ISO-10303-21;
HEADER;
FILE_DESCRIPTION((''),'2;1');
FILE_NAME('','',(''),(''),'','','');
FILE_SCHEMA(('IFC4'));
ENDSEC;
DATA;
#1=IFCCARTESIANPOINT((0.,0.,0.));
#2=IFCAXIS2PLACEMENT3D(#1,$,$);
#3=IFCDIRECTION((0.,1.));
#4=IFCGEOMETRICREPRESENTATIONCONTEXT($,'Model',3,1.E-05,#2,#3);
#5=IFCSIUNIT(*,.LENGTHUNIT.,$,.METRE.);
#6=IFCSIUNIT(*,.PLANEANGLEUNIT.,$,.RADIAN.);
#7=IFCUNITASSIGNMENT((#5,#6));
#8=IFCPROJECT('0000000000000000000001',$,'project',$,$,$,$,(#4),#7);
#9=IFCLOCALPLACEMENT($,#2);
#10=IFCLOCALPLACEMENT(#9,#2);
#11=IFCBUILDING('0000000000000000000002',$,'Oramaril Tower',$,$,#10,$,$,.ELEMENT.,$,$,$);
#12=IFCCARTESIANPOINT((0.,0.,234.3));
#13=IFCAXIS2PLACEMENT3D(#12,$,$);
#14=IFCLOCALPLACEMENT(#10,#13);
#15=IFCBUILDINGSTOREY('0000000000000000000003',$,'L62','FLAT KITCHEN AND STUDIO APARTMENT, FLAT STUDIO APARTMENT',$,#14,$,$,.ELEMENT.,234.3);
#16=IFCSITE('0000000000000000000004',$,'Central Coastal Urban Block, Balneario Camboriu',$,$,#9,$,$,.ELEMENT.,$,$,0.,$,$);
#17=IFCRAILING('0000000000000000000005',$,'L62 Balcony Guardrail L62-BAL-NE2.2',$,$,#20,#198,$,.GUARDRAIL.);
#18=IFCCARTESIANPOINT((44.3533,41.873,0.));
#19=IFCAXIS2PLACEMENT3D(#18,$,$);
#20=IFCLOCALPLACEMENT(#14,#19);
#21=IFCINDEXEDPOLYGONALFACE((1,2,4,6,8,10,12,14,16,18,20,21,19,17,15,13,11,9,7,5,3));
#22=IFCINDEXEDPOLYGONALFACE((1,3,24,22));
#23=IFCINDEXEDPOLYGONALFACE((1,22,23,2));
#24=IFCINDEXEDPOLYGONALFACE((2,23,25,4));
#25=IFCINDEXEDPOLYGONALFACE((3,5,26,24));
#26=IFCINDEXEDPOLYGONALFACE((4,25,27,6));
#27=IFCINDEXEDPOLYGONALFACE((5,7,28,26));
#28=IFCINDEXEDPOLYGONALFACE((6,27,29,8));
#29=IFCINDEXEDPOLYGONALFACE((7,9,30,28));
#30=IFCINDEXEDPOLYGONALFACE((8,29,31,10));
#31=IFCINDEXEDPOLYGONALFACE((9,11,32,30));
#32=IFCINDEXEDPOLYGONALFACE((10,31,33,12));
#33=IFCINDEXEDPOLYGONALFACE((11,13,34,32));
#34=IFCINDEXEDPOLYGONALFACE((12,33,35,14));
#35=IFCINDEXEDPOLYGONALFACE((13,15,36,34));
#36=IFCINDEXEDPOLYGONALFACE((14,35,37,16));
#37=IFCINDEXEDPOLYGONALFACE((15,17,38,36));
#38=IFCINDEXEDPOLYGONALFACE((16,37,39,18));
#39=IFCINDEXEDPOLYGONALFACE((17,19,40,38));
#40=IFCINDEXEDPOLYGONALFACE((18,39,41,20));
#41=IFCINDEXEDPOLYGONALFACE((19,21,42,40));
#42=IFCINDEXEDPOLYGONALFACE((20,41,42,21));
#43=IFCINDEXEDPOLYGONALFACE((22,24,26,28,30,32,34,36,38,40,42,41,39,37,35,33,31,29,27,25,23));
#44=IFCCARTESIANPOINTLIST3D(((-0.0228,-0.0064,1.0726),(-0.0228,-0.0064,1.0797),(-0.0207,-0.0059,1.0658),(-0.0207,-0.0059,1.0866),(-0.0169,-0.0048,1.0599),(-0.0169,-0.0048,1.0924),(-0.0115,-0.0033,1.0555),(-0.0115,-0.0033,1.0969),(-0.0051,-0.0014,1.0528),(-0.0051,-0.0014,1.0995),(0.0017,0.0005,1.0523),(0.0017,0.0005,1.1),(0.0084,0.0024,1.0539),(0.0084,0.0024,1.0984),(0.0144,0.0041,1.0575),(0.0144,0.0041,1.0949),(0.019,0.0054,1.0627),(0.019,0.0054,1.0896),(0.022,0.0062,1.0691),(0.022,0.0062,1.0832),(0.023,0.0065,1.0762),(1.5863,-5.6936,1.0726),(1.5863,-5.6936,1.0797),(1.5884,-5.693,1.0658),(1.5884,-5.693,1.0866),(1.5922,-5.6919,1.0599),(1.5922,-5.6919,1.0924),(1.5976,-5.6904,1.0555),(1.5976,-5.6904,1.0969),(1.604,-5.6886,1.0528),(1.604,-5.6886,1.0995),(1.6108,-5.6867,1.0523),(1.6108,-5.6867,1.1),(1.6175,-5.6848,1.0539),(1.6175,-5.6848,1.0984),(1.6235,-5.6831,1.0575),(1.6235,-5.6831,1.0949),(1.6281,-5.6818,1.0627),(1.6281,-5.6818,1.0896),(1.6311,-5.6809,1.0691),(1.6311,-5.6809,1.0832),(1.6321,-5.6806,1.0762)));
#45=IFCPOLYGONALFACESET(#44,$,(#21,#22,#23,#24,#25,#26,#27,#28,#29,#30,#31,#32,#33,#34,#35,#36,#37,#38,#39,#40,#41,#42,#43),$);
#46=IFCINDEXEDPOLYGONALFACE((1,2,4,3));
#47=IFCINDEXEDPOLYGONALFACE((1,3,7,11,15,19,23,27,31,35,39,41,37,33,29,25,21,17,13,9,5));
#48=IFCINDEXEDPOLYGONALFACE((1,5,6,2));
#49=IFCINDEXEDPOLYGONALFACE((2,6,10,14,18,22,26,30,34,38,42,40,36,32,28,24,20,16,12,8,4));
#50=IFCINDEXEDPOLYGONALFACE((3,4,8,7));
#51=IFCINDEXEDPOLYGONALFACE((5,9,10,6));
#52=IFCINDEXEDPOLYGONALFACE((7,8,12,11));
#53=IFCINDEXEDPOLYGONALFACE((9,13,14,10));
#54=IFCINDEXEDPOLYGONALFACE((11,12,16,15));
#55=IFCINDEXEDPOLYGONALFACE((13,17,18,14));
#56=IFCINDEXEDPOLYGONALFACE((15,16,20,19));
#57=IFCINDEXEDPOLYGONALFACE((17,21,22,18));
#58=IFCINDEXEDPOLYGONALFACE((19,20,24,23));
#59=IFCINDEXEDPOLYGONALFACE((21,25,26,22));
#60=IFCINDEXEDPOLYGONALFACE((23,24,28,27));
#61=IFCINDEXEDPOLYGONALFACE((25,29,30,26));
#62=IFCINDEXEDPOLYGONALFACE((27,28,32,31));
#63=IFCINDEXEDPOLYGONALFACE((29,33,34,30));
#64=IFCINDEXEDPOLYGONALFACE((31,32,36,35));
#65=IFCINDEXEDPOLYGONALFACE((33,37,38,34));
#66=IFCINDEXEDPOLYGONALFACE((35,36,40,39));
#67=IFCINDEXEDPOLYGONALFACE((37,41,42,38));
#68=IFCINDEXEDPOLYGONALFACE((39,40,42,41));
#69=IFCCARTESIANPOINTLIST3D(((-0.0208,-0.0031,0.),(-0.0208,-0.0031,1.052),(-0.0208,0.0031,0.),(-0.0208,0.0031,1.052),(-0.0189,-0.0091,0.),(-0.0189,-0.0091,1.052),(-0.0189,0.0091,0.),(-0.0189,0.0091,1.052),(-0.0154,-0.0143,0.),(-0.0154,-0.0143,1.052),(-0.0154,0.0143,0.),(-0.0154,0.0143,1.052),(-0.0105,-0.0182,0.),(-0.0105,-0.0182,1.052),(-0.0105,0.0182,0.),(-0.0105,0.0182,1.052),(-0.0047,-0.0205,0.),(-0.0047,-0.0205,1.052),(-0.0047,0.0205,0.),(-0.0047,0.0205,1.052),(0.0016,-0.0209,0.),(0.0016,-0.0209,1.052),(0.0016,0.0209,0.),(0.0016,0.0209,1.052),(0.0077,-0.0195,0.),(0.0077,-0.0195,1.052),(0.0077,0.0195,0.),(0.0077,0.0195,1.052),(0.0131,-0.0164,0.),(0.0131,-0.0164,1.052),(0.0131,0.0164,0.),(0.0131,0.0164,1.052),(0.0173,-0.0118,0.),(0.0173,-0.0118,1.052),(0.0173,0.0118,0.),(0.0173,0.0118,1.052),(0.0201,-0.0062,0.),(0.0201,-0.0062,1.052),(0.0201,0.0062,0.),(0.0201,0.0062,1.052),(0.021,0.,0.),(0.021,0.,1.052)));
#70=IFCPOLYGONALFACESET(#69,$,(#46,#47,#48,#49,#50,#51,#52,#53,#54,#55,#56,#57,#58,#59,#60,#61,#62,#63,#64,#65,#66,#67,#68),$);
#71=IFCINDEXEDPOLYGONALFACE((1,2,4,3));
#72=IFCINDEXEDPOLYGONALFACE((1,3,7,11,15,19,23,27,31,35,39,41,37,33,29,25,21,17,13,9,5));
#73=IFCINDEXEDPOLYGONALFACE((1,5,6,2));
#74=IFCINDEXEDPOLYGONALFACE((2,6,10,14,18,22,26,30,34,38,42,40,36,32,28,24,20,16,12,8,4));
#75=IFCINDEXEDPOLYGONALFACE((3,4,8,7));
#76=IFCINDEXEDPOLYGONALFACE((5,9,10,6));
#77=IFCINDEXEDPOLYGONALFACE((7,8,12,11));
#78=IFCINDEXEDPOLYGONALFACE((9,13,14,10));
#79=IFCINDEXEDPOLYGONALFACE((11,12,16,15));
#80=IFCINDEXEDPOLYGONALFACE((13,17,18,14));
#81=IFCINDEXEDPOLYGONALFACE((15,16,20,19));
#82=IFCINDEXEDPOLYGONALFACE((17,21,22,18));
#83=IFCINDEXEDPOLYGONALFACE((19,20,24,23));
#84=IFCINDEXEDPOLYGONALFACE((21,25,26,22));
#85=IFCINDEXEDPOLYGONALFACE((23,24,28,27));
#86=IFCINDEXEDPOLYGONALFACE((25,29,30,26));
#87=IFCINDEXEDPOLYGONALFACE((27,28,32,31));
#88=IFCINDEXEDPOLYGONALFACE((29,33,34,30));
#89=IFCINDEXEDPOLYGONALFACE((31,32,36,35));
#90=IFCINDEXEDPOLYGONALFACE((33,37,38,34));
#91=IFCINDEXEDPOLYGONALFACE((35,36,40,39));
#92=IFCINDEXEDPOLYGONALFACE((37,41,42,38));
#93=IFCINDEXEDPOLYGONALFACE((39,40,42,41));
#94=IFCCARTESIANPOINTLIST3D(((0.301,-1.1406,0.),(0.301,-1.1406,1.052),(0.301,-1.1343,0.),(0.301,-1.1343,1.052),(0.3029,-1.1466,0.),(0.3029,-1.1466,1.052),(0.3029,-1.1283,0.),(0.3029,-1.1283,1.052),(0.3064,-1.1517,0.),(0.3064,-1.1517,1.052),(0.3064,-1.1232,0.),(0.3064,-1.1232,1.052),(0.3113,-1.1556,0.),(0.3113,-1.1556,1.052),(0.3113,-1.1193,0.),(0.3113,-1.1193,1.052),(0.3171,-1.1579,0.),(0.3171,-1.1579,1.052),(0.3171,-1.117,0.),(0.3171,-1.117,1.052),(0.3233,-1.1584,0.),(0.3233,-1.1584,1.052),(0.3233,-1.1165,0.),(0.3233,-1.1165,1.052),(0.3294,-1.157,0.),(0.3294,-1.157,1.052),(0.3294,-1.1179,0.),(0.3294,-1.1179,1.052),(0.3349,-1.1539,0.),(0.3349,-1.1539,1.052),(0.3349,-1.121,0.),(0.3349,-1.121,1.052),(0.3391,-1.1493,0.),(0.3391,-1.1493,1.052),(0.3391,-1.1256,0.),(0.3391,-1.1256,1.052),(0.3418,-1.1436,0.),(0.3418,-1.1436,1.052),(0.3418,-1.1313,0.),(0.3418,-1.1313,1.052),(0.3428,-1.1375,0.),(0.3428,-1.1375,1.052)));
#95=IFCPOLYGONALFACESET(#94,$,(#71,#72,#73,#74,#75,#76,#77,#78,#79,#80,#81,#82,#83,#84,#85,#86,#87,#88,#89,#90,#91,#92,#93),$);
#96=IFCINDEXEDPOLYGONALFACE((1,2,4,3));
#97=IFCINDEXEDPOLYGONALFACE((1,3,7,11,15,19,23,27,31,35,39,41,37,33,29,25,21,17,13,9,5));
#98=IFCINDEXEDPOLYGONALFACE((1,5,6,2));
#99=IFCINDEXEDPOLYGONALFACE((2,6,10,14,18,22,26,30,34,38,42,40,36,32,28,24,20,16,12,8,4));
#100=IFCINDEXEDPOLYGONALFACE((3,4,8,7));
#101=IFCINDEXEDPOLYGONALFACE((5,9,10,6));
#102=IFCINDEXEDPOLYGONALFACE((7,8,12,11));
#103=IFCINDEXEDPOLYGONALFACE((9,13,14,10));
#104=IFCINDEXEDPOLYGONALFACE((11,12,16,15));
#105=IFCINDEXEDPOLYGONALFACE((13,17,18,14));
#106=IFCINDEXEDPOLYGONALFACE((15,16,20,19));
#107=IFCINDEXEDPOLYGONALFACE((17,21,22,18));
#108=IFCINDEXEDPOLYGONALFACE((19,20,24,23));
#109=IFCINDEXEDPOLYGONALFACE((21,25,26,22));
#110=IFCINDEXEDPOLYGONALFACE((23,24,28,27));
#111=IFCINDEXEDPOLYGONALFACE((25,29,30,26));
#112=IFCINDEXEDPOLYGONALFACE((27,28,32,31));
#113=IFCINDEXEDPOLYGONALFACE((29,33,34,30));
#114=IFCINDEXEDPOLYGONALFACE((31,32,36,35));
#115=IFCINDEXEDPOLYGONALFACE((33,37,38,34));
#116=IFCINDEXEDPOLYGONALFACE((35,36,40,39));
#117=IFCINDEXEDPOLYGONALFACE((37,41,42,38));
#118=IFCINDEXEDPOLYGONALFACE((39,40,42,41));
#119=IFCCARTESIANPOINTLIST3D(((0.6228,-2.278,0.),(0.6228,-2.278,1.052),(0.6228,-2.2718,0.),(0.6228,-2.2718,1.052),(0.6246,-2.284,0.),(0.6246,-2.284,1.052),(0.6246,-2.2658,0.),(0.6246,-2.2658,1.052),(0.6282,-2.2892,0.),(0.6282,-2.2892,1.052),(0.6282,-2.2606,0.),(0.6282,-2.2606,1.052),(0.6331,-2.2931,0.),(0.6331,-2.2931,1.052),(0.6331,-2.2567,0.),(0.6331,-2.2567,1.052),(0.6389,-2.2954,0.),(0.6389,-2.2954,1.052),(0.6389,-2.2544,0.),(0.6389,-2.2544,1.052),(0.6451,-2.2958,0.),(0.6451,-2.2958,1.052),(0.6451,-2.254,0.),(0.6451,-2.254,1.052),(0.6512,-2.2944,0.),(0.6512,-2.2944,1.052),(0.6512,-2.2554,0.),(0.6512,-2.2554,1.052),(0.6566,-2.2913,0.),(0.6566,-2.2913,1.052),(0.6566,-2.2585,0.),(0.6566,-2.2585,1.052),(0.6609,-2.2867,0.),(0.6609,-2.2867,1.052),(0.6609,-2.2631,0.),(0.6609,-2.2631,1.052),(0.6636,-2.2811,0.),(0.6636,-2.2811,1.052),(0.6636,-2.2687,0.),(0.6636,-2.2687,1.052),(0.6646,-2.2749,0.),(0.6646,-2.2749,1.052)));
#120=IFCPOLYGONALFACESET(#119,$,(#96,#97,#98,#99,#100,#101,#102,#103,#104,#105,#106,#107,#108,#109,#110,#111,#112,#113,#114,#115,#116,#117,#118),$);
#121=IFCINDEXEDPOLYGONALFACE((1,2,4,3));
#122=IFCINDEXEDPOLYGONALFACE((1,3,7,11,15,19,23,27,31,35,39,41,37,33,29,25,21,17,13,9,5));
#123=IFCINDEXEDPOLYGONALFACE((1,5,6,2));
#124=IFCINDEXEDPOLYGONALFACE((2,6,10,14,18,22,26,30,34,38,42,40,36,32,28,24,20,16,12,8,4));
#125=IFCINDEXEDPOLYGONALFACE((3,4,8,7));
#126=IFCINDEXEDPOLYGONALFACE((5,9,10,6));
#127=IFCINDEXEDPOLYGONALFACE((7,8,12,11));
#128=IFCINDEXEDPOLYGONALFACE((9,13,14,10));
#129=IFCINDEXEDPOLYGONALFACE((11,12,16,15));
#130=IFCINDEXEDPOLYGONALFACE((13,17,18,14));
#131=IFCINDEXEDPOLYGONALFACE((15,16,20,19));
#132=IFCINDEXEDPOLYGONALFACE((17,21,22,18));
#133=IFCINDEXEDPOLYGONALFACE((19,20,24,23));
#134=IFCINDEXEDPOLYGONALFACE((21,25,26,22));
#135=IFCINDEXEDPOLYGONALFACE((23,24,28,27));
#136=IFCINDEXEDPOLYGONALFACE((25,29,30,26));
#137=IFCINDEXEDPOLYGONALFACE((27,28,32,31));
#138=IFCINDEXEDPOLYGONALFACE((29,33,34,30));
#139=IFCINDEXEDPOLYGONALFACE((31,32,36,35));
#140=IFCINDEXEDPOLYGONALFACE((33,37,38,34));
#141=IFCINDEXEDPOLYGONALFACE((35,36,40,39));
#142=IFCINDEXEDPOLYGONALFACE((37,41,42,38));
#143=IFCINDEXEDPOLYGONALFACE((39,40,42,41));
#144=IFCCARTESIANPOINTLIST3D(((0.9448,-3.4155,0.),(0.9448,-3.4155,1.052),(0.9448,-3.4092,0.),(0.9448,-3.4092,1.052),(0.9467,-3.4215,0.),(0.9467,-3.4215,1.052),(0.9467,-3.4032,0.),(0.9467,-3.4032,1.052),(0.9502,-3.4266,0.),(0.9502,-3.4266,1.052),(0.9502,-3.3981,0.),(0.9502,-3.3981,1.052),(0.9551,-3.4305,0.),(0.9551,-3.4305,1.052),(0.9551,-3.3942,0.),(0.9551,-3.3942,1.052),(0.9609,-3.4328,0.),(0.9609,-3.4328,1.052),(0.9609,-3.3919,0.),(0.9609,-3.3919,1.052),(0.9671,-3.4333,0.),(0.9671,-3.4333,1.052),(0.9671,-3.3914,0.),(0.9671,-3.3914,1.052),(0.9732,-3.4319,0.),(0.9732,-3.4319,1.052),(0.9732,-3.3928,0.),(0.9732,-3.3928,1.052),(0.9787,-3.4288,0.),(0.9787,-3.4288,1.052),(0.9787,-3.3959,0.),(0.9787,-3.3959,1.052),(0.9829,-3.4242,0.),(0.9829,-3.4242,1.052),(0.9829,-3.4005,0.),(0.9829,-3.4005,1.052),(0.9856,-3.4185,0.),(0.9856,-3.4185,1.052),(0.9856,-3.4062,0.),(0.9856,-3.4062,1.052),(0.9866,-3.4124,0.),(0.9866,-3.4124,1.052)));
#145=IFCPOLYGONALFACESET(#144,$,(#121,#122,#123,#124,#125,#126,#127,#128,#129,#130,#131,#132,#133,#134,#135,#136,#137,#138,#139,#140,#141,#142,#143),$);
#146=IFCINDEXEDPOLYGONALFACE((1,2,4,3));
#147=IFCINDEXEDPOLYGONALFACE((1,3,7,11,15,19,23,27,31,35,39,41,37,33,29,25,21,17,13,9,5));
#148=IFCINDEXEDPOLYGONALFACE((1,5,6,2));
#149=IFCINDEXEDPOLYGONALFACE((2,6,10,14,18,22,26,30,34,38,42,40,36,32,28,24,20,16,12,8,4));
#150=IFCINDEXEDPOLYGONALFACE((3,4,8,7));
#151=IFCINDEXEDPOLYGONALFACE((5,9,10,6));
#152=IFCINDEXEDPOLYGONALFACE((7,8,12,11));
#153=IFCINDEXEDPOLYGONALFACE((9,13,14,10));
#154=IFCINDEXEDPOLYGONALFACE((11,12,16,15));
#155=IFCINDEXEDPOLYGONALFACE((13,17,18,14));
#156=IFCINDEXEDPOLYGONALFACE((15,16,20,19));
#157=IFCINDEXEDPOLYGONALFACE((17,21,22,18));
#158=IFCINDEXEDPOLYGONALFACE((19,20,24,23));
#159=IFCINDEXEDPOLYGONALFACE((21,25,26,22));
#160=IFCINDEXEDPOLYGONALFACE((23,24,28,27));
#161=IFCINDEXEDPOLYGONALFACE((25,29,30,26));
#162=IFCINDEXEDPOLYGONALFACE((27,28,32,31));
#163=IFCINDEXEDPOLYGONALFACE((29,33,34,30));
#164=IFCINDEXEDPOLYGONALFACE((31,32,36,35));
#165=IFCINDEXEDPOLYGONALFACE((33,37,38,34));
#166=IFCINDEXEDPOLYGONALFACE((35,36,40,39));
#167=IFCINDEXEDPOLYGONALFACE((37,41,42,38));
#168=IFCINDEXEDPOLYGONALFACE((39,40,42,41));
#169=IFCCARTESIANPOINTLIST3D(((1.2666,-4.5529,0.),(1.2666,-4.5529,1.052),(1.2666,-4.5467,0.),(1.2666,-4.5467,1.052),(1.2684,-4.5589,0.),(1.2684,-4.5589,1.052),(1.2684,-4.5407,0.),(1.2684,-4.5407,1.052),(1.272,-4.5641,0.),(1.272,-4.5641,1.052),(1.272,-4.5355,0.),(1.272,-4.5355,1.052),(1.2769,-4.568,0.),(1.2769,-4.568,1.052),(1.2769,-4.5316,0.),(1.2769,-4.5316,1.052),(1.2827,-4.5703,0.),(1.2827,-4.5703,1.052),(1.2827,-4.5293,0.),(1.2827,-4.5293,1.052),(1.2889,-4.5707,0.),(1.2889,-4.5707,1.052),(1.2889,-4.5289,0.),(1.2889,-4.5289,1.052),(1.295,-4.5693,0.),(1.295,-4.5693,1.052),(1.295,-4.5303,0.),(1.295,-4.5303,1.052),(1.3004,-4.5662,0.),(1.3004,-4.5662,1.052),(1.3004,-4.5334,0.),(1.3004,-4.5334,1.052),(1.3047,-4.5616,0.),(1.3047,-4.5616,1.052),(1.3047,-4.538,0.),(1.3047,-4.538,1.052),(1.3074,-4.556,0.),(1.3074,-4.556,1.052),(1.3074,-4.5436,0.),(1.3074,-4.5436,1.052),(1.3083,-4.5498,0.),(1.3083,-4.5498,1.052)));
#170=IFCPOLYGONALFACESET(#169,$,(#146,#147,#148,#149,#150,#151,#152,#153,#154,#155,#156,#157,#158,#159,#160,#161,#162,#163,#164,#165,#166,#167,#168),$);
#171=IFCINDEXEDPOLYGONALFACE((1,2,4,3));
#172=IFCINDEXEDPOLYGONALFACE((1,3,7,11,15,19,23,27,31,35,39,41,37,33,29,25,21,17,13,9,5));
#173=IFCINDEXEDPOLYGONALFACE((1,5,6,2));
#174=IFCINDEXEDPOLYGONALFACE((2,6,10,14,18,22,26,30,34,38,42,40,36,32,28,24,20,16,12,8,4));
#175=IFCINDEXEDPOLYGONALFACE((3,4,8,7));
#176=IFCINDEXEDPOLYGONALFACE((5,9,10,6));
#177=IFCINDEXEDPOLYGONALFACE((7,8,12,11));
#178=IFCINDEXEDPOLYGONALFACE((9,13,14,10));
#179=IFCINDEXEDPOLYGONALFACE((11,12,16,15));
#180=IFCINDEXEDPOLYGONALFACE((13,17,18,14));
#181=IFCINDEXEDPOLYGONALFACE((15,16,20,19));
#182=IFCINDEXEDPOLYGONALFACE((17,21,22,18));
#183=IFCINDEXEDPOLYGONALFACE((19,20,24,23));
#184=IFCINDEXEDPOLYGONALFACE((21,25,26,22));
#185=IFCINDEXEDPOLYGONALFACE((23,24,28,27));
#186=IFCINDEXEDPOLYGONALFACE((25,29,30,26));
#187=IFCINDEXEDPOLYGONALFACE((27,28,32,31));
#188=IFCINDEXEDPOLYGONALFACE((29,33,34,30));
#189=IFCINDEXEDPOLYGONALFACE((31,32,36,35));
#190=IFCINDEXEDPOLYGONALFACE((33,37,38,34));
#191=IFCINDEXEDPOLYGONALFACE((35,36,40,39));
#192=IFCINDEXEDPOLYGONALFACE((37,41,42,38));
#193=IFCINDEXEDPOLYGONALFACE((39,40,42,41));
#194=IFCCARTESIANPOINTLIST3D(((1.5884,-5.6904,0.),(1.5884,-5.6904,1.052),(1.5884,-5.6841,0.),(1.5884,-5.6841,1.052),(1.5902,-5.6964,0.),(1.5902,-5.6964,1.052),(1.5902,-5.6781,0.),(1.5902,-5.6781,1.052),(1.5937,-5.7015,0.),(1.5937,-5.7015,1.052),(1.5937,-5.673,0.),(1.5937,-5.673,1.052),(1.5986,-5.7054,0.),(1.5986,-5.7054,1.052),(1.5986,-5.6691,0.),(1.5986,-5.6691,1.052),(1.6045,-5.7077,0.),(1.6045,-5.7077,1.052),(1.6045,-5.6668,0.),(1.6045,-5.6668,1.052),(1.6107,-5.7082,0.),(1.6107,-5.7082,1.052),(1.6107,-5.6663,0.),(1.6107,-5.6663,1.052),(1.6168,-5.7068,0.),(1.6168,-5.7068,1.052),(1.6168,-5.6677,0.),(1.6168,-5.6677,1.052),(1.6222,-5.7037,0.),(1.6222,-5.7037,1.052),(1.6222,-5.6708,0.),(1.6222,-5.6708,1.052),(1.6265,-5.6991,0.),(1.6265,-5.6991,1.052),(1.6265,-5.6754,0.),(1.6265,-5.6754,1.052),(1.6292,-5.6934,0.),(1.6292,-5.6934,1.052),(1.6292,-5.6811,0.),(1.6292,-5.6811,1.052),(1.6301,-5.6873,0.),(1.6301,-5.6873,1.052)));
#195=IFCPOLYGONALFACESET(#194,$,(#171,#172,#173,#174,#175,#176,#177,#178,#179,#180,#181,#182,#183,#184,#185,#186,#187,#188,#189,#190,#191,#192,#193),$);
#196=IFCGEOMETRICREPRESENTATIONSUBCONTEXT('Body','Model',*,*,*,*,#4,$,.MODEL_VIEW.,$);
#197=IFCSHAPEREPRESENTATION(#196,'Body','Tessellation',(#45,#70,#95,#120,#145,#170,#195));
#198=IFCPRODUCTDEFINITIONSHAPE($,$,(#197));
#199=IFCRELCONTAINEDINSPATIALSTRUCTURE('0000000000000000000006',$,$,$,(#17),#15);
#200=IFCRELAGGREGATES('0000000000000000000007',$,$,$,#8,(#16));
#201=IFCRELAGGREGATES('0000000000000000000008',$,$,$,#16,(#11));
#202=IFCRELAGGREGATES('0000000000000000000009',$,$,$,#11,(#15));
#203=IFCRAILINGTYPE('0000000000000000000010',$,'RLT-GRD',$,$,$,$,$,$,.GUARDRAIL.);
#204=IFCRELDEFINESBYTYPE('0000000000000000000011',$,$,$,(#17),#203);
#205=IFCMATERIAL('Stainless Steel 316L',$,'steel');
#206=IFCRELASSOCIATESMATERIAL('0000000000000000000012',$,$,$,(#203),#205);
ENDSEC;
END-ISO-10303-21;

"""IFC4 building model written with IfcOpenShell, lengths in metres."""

from ifc_helpers import new_model, si_unit, direction, frame, origin, origin_2d, place, context, subcontext, project, spatial, circle, extrude, material, type_object, element, save


model = new_model("IFC4")

# Units and contexts
model_context = context("Model", 3, precision=1e-05, world=origin(), true_north=direction((0.0, 1.0)))
body_context = subcontext(model_context, "Body", "Model", "MODEL_VIEW")
ifc_project = project(units=[si_unit("LENGTHUNIT", "METRE"), si_unit("PLANEANGLEUNIT", "RADIAN")], contexts=[model_context])

# Site, building, storey
site_placement = place(None, origin())
site = spatial("IfcSite", under=ifc_project, at=site_placement, Name="Central Coastal Urban Block, Balneario Camboriu", CompositionType="ELEMENT", RefElevation=0.0)
building_placement = place(site_placement, origin())
building = spatial("IfcBuilding", under=site, at=building_placement, Name="Oramaril Tower", CompositionType="ELEMENT")
storey_placement = place(building_placement, frame((0.0, 0.0, 234.3)))
storey = spatial("IfcBuildingStorey", under=building, at=storey_placement, Name="L62", Description="FLAT KITCHEN AND STUDIO APARTMENT, FLAT STUDIO APARTMENT", CompositionType="ELEMENT", Elevation=234.3)

# Railing
ifc_material_1 = material(Name="Stainless Steel 316L", Category="steel")
railing_type = type_object("IfcRailingType", Name="RLT-GRD", PredefinedType="GUARDRAIL", material=ifc_material_1)
railing_1_placement = place(storey_placement, frame((44.3533, 41.873, 0.0)))
element("IfcRailing", 1, at=railing_1_placement, inside=storey, type_object=railing_type, Name="L62 Balcony Guardrail L62-BAL-NE2.2", PredefinedType="GUARDRAIL", context=body_context, shape_type="SweptSolid", body=[
    extrude(circle(Radius=0.0239, at=origin_2d()), frame((0.0, 0.0, 1.0762), z_axis=(0.272249, -0.962227, 0.0), x_axis=(0.962227, 0.272249, 0.0)), (0.0, 0.0, 1.0), 5.9104),
    extrude(circle(Radius=0.021, at=origin_2d()), origin(), (0.0, 0.0, 1.0), 1.052),
    extrude(circle(Radius=0.021, at=origin_2d()), frame((0.3218, -1.1375, 0.0)), (0.0, 0.0, 1.0), 1.052),
    extrude(circle(Radius=0.021, at=origin_2d()), frame((0.6436, -2.2749, 0.0)), (0.0, 0.0, 1.0), 1.052),
    extrude(circle(Radius=0.021, at=origin_2d()), frame((0.9656, -3.4124, 0.0)), (0.0, 0.0, 1.0), 1.052),
    extrude(circle(Radius=0.021, at=origin_2d()), frame((1.2874, -4.5498, 0.0)), (0.0, 0.0, 1.0), 1.052),
    extrude(circle(Radius=0.021, at=origin_2d()), frame((1.6091, -5.6873, 0.0)), (0.0, 0.0, 1.0), 1.052),
])

save(model, "model.ifc")
